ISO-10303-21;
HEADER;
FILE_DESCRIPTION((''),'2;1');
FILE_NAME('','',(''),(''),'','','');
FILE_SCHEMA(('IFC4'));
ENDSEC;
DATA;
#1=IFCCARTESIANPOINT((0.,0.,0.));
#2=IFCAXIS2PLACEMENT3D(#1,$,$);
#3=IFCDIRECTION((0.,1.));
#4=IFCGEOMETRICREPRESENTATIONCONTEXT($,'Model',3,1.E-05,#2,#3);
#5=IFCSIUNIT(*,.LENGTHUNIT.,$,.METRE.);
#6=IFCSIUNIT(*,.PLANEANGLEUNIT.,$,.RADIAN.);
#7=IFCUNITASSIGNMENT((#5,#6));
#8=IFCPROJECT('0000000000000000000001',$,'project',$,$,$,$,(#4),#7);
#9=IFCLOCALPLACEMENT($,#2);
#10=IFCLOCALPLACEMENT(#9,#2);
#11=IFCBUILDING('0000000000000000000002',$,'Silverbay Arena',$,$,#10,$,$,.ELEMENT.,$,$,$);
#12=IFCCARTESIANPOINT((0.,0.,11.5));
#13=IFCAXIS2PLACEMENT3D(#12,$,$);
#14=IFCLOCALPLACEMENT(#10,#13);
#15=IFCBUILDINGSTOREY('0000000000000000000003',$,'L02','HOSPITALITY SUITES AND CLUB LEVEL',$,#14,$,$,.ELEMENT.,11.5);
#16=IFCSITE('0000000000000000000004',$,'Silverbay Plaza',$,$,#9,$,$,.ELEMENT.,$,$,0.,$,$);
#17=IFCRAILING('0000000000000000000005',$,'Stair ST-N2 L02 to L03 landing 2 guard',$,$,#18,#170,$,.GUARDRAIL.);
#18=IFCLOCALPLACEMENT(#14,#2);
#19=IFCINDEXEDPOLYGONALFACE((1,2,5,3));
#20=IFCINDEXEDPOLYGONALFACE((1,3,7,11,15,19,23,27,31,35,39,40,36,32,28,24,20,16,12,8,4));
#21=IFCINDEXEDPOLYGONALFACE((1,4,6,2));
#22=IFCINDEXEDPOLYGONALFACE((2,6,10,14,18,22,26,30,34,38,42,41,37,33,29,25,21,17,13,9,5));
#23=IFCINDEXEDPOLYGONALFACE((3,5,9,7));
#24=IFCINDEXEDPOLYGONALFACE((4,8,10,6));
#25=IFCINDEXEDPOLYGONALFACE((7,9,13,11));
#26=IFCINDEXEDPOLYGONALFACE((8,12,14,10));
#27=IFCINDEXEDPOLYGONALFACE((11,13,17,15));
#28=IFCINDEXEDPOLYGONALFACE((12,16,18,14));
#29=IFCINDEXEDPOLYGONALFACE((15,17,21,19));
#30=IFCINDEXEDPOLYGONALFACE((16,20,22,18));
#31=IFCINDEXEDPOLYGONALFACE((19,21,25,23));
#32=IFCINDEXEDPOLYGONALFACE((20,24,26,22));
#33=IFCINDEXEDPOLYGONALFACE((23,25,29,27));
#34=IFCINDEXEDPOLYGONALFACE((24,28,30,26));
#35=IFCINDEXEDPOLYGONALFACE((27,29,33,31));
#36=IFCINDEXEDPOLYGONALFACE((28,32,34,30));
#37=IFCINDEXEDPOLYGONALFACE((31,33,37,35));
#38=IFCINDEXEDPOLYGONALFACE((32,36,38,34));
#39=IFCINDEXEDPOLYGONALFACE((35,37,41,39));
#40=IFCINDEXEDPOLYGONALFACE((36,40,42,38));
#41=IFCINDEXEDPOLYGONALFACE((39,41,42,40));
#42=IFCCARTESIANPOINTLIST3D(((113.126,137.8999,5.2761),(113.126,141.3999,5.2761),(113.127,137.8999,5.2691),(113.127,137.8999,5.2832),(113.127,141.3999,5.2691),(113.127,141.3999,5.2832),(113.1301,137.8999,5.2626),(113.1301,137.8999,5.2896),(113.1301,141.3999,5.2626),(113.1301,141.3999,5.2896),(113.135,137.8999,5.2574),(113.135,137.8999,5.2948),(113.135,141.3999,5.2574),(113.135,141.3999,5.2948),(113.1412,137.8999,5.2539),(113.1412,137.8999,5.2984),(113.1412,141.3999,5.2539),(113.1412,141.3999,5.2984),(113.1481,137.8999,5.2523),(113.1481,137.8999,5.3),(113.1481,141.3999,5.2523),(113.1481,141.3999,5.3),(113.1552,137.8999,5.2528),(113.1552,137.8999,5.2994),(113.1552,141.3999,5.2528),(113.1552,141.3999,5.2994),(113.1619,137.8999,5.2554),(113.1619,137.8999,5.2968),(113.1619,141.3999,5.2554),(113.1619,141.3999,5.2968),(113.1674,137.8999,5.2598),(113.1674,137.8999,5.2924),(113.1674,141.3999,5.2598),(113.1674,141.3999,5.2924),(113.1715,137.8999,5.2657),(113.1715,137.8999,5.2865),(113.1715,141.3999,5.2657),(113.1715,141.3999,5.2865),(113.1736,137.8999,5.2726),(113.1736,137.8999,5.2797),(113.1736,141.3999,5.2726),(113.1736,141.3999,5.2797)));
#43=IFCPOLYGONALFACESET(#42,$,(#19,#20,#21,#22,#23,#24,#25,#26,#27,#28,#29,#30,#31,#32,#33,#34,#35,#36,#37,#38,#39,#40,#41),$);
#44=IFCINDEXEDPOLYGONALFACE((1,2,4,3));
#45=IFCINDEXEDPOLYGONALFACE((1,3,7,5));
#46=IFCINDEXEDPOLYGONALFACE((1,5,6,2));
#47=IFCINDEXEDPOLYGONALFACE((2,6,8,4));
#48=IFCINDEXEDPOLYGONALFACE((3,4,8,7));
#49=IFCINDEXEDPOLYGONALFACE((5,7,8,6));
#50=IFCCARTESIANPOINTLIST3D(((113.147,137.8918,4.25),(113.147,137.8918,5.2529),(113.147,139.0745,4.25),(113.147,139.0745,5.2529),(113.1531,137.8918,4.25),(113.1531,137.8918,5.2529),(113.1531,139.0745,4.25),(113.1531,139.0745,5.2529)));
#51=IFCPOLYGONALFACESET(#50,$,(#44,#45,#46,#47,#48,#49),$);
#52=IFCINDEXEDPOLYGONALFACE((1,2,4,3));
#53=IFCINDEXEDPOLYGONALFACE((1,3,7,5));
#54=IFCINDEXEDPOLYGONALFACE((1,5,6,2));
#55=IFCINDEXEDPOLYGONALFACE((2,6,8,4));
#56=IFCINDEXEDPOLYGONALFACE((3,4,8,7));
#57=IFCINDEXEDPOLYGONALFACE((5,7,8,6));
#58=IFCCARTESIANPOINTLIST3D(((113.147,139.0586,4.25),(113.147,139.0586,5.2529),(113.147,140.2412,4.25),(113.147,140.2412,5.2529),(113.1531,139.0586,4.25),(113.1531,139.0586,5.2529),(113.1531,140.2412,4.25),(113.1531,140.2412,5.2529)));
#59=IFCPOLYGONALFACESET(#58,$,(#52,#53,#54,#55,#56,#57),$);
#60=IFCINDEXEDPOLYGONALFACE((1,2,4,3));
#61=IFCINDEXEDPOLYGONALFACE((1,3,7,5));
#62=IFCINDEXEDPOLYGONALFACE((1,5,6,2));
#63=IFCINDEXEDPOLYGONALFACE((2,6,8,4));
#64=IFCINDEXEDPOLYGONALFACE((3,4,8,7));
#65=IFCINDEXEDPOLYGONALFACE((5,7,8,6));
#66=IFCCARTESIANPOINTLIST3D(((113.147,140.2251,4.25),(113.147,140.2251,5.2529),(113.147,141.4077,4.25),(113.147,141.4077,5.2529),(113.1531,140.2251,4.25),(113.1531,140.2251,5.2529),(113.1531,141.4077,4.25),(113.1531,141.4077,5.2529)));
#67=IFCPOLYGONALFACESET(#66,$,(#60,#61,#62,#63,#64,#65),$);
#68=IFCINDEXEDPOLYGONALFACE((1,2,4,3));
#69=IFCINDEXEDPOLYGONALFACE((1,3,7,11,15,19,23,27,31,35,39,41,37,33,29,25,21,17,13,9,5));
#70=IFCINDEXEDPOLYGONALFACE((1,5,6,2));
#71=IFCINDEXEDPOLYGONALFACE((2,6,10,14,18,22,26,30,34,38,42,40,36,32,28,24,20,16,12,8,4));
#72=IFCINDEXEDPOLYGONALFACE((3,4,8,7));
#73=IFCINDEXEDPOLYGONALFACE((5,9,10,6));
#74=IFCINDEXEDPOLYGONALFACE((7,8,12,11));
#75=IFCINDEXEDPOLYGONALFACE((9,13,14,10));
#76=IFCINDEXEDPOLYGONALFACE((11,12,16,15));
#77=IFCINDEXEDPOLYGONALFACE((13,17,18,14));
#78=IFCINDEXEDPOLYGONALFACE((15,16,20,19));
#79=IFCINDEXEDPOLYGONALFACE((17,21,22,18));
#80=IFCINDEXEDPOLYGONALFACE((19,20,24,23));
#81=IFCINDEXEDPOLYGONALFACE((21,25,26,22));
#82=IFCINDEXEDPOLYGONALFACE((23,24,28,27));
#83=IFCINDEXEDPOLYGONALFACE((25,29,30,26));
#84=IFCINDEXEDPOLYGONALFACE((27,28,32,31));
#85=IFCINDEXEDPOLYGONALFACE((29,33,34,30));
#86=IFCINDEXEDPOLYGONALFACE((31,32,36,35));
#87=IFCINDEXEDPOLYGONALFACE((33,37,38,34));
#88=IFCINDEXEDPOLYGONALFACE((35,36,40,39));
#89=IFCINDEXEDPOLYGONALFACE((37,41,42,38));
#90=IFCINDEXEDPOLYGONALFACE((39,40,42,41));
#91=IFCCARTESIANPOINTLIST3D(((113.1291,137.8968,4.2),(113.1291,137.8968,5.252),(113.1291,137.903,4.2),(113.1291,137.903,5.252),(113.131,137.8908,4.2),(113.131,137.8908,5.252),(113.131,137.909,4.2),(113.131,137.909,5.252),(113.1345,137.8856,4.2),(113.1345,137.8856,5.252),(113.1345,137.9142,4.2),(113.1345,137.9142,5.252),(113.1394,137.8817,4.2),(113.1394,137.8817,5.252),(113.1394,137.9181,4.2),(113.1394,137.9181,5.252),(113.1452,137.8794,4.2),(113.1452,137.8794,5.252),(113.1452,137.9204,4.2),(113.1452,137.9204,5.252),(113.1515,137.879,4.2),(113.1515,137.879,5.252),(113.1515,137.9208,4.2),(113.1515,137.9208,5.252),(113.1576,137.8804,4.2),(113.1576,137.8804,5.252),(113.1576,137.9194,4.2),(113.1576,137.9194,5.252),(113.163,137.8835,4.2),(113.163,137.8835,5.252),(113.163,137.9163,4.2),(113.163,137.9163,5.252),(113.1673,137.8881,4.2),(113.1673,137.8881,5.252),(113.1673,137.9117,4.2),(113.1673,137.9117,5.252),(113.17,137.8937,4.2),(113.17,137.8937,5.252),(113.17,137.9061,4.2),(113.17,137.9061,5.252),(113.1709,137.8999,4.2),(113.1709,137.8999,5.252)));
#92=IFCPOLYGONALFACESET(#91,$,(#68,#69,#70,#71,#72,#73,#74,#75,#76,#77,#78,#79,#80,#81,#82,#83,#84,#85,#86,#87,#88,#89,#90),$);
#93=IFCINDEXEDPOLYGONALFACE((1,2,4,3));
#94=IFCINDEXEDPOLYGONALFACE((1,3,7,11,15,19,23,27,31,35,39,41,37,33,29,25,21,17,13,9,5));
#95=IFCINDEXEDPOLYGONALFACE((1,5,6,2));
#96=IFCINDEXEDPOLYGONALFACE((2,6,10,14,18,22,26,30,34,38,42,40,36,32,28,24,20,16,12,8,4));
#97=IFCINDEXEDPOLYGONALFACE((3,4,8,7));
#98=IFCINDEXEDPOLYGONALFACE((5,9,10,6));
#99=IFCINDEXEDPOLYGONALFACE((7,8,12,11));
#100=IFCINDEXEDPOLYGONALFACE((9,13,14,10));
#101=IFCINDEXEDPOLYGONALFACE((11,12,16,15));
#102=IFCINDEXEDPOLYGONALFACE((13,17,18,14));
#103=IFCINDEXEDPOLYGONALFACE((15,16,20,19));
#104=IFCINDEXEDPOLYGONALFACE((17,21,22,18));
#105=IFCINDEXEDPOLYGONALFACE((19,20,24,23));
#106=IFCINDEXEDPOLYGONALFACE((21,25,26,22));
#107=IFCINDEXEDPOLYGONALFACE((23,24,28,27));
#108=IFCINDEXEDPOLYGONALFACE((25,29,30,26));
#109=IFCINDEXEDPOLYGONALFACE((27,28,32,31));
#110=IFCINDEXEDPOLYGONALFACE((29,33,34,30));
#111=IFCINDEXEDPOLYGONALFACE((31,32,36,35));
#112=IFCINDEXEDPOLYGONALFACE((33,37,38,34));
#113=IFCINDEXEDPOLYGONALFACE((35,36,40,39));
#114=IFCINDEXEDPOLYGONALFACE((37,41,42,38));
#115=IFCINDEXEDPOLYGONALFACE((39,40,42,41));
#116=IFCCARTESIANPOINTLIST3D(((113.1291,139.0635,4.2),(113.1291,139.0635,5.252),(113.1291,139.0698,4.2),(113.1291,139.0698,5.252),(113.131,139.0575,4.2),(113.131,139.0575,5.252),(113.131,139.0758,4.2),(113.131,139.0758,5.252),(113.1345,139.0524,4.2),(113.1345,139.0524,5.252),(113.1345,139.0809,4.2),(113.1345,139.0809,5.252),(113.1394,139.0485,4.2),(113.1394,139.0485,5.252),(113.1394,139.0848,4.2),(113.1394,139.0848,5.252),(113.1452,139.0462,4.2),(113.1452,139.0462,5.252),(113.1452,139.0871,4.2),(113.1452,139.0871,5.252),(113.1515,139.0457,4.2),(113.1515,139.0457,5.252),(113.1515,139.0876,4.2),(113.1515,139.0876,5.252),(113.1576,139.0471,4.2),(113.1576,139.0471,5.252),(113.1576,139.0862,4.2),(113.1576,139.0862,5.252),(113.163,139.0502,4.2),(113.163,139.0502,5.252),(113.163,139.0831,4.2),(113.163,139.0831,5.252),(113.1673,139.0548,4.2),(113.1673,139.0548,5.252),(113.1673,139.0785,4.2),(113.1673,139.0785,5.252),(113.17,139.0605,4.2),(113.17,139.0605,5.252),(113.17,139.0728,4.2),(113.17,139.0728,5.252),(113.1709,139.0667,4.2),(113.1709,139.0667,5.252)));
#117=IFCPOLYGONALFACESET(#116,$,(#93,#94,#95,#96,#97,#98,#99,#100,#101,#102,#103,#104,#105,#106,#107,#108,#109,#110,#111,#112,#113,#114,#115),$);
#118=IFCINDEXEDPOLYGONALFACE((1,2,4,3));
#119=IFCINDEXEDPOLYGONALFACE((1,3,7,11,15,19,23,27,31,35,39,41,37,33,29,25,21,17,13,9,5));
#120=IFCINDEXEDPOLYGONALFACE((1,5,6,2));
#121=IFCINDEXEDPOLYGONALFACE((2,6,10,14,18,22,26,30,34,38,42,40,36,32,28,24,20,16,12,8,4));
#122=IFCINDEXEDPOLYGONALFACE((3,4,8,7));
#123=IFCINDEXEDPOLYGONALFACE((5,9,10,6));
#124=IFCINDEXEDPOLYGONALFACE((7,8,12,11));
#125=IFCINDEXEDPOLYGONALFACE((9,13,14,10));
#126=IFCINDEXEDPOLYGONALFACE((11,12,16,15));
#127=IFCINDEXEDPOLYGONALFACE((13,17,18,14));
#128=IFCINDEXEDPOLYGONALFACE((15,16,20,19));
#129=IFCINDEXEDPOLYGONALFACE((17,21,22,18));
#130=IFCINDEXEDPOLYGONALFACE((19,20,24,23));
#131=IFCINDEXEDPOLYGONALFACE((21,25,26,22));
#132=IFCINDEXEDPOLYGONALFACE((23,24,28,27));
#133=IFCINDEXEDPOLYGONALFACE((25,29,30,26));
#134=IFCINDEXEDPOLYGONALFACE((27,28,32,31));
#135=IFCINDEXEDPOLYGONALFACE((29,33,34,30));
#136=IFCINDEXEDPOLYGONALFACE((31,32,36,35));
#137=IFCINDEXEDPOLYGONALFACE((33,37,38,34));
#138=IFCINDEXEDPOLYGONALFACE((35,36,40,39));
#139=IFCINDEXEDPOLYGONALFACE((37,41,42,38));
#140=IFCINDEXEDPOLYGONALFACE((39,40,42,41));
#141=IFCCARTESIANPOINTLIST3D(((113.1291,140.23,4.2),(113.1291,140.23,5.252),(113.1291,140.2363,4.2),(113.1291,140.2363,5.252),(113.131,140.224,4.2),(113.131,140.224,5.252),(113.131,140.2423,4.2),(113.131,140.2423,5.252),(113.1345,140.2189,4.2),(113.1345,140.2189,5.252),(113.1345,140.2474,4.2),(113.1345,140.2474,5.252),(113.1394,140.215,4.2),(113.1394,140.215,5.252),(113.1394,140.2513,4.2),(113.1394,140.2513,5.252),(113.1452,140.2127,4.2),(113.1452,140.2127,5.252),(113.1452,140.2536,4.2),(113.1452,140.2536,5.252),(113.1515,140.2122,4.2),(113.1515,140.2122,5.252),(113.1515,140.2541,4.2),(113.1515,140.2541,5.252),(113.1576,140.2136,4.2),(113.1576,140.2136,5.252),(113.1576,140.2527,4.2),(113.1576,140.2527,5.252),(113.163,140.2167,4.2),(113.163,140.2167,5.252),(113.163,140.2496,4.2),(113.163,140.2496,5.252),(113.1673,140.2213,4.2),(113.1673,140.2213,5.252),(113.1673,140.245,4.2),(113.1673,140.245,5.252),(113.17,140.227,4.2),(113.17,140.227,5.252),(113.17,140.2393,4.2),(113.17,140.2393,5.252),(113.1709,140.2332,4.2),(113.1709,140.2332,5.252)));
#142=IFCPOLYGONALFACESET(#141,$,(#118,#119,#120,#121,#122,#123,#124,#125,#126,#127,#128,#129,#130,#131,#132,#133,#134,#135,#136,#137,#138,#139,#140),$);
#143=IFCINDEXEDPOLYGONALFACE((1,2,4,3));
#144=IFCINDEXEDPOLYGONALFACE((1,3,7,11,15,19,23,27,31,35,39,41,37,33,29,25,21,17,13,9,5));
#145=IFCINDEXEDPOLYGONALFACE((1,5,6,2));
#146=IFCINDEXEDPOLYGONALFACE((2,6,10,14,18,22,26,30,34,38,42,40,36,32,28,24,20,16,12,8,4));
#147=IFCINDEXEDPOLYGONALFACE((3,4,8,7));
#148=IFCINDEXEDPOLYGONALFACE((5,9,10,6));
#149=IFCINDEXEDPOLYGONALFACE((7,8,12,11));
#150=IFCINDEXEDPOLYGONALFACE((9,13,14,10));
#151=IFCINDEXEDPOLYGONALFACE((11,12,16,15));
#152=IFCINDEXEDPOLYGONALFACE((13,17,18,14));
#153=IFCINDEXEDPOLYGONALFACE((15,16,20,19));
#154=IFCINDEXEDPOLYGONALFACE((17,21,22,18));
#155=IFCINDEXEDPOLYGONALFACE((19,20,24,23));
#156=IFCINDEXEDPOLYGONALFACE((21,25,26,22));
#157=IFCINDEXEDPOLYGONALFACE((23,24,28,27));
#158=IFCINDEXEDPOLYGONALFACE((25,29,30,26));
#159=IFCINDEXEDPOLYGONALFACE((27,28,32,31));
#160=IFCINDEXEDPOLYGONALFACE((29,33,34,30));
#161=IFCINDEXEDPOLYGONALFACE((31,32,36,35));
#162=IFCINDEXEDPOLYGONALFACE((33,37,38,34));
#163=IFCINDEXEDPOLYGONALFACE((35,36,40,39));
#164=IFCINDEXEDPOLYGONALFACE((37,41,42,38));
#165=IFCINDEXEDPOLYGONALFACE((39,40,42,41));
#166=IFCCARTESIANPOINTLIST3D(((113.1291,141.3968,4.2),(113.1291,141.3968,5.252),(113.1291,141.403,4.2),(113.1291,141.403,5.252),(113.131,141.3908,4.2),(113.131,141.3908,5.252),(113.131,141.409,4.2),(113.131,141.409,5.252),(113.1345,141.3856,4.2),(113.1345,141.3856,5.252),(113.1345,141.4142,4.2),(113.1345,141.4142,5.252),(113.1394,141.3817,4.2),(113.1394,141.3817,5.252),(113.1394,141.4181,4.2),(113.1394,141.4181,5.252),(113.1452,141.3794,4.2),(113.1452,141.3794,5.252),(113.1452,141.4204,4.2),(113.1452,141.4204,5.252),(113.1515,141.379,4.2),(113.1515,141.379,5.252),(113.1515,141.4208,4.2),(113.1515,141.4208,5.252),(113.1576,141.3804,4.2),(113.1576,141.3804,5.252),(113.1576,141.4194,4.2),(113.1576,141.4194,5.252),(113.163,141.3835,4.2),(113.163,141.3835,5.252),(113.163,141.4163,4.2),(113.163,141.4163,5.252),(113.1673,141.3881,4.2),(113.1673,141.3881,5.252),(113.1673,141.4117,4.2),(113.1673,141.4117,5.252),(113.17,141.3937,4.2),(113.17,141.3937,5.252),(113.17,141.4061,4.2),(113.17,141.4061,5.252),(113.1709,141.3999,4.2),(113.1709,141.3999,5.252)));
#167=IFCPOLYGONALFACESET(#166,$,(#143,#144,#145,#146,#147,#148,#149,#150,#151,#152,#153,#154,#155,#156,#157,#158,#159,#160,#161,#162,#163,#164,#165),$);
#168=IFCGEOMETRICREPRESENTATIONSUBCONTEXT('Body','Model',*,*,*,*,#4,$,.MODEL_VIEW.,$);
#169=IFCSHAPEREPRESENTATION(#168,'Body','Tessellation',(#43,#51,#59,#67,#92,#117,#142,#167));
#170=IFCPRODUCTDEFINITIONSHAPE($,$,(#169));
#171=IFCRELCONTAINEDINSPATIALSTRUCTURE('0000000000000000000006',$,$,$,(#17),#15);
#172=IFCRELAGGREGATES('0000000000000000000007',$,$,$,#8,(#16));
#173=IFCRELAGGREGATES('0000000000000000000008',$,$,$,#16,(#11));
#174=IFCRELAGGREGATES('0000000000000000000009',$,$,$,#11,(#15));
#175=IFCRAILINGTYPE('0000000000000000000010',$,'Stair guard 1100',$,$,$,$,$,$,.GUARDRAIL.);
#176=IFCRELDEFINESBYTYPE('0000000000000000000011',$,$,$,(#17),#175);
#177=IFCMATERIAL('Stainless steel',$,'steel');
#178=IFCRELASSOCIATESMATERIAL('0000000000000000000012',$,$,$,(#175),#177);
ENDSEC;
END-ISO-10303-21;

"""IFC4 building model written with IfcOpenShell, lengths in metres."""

from ifc_helpers import new_model, si_unit, direction, frame, origin, origin_2d, place, context, subcontext, project, spatial, polyline, circle, outline, extrude, material, type_object, element, save


model = new_model("IFC4")

# Units and contexts
model_context = context("Model", 3, precision=1e-05, world=origin(), true_north=direction((0.0, 1.0)))
body_context = subcontext(model_context, "Body", "Model", "MODEL_VIEW")
ifc_project = project(units=[si_unit("LENGTHUNIT", "METRE"), si_unit("PLANEANGLEUNIT", "RADIAN")], contexts=[model_context])

# Site, building, storey
site_placement = place(None, origin())
site = spatial("IfcSite", under=ifc_project, at=site_placement, Name="Silverbay Plaza", CompositionType="ELEMENT", RefElevation=0.0)
building_placement = place(site_placement, origin())
building = spatial("IfcBuilding", under=site, at=building_placement, Name="Silverbay Arena", CompositionType="ELEMENT")
storey_placement = place(building_placement, frame((0.0, 0.0, 11.5)))
storey = spatial("IfcBuildingStorey", under=building, at=storey_placement, Name="L02", Description="HOSPITALITY SUITES AND CLUB LEVEL", CompositionType="ELEMENT", Elevation=11.5)

# Railing
ifc_material_1 = material(Name="Stainless steel", Category="steel")
railing_type_1 = type_object("IfcRailingType", Name="Stair guard 1100", PredefinedType="GUARDRAIL", material=ifc_material_1)
for number, where, name in (
    (1, (113.1499, 137.8999, 4.2), "Stair ST-N2 L02 to L03 landing 2 guard"),
):
    element("IfcRailing", number, at=place(storey_placement, frame(where)), inside=storey, type_object=railing_type_1, Name=name, PredefinedType="GUARDRAIL", context=body_context, shape_type="SweptSolid", body=[
        extrude(circle(Radius=0.0239, at=origin_2d()), frame((0.0, 0.0, 1.0762), z_axis=(0.0, 1.0, 0.0), x_axis=(-1.0, 0.0, 0.0)), (0.0, 0.0, 1.0), 3.5),
        extrude(outline(polyline([(-0.0081, 0.05), (1.1746, 0.05), (1.1746, 1.053), (-0.0081, 1.053), (-0.0081, 0.05)])), frame((-0.0029, 0.0, 0.0), z_axis=(1.0, 0.0, 0.0), x_axis=(0.0, 1.0, 0.0)), (0.0, 0.0, 1.0), 0.0061),
        extrude(outline(polyline([(-0.0081, 0.05), (1.1746, 0.05), (1.1746, 1.053), (-0.0081, 1.053), (-0.0081, 0.05)])), frame((-0.0029, 1.1667, 0.0), z_axis=(1.0, 0.0, 0.0), x_axis=(0.0, 1.0, 0.0)), (0.0, 0.0, 1.0), 0.0061),
        extrude(outline(polyline([(-0.0081, 0.05), (1.1746, 0.05), (1.1746, 1.053), (-0.0081, 1.053), (-0.0081, 0.05)])), frame((-0.0029, 2.3333, 0.0), z_axis=(1.0, 0.0, 0.0), x_axis=(0.0, 1.0, 0.0)), (0.0, 0.0, 1.0), 0.0061),
        extrude(circle(Radius=0.021, at=origin_2d()), origin(), (0.0, 0.0, 1.0), 1.052),
        extrude(circle(Radius=0.021, at=origin_2d()), frame((0.0, 1.1667, 0.0)), (0.0, 0.0, 1.0), 1.052),
        extrude(circle(Radius=0.021, at=origin_2d()), frame((0.0, 2.3333, 0.0)), (0.0, 0.0, 1.0), 1.052),
        extrude(circle(Radius=0.021, at=origin_2d()), frame((0.0, 3.5, 0.0)), (0.0, 0.0, 1.0), 1.052),
    ])

save(model, "model.ifc")
